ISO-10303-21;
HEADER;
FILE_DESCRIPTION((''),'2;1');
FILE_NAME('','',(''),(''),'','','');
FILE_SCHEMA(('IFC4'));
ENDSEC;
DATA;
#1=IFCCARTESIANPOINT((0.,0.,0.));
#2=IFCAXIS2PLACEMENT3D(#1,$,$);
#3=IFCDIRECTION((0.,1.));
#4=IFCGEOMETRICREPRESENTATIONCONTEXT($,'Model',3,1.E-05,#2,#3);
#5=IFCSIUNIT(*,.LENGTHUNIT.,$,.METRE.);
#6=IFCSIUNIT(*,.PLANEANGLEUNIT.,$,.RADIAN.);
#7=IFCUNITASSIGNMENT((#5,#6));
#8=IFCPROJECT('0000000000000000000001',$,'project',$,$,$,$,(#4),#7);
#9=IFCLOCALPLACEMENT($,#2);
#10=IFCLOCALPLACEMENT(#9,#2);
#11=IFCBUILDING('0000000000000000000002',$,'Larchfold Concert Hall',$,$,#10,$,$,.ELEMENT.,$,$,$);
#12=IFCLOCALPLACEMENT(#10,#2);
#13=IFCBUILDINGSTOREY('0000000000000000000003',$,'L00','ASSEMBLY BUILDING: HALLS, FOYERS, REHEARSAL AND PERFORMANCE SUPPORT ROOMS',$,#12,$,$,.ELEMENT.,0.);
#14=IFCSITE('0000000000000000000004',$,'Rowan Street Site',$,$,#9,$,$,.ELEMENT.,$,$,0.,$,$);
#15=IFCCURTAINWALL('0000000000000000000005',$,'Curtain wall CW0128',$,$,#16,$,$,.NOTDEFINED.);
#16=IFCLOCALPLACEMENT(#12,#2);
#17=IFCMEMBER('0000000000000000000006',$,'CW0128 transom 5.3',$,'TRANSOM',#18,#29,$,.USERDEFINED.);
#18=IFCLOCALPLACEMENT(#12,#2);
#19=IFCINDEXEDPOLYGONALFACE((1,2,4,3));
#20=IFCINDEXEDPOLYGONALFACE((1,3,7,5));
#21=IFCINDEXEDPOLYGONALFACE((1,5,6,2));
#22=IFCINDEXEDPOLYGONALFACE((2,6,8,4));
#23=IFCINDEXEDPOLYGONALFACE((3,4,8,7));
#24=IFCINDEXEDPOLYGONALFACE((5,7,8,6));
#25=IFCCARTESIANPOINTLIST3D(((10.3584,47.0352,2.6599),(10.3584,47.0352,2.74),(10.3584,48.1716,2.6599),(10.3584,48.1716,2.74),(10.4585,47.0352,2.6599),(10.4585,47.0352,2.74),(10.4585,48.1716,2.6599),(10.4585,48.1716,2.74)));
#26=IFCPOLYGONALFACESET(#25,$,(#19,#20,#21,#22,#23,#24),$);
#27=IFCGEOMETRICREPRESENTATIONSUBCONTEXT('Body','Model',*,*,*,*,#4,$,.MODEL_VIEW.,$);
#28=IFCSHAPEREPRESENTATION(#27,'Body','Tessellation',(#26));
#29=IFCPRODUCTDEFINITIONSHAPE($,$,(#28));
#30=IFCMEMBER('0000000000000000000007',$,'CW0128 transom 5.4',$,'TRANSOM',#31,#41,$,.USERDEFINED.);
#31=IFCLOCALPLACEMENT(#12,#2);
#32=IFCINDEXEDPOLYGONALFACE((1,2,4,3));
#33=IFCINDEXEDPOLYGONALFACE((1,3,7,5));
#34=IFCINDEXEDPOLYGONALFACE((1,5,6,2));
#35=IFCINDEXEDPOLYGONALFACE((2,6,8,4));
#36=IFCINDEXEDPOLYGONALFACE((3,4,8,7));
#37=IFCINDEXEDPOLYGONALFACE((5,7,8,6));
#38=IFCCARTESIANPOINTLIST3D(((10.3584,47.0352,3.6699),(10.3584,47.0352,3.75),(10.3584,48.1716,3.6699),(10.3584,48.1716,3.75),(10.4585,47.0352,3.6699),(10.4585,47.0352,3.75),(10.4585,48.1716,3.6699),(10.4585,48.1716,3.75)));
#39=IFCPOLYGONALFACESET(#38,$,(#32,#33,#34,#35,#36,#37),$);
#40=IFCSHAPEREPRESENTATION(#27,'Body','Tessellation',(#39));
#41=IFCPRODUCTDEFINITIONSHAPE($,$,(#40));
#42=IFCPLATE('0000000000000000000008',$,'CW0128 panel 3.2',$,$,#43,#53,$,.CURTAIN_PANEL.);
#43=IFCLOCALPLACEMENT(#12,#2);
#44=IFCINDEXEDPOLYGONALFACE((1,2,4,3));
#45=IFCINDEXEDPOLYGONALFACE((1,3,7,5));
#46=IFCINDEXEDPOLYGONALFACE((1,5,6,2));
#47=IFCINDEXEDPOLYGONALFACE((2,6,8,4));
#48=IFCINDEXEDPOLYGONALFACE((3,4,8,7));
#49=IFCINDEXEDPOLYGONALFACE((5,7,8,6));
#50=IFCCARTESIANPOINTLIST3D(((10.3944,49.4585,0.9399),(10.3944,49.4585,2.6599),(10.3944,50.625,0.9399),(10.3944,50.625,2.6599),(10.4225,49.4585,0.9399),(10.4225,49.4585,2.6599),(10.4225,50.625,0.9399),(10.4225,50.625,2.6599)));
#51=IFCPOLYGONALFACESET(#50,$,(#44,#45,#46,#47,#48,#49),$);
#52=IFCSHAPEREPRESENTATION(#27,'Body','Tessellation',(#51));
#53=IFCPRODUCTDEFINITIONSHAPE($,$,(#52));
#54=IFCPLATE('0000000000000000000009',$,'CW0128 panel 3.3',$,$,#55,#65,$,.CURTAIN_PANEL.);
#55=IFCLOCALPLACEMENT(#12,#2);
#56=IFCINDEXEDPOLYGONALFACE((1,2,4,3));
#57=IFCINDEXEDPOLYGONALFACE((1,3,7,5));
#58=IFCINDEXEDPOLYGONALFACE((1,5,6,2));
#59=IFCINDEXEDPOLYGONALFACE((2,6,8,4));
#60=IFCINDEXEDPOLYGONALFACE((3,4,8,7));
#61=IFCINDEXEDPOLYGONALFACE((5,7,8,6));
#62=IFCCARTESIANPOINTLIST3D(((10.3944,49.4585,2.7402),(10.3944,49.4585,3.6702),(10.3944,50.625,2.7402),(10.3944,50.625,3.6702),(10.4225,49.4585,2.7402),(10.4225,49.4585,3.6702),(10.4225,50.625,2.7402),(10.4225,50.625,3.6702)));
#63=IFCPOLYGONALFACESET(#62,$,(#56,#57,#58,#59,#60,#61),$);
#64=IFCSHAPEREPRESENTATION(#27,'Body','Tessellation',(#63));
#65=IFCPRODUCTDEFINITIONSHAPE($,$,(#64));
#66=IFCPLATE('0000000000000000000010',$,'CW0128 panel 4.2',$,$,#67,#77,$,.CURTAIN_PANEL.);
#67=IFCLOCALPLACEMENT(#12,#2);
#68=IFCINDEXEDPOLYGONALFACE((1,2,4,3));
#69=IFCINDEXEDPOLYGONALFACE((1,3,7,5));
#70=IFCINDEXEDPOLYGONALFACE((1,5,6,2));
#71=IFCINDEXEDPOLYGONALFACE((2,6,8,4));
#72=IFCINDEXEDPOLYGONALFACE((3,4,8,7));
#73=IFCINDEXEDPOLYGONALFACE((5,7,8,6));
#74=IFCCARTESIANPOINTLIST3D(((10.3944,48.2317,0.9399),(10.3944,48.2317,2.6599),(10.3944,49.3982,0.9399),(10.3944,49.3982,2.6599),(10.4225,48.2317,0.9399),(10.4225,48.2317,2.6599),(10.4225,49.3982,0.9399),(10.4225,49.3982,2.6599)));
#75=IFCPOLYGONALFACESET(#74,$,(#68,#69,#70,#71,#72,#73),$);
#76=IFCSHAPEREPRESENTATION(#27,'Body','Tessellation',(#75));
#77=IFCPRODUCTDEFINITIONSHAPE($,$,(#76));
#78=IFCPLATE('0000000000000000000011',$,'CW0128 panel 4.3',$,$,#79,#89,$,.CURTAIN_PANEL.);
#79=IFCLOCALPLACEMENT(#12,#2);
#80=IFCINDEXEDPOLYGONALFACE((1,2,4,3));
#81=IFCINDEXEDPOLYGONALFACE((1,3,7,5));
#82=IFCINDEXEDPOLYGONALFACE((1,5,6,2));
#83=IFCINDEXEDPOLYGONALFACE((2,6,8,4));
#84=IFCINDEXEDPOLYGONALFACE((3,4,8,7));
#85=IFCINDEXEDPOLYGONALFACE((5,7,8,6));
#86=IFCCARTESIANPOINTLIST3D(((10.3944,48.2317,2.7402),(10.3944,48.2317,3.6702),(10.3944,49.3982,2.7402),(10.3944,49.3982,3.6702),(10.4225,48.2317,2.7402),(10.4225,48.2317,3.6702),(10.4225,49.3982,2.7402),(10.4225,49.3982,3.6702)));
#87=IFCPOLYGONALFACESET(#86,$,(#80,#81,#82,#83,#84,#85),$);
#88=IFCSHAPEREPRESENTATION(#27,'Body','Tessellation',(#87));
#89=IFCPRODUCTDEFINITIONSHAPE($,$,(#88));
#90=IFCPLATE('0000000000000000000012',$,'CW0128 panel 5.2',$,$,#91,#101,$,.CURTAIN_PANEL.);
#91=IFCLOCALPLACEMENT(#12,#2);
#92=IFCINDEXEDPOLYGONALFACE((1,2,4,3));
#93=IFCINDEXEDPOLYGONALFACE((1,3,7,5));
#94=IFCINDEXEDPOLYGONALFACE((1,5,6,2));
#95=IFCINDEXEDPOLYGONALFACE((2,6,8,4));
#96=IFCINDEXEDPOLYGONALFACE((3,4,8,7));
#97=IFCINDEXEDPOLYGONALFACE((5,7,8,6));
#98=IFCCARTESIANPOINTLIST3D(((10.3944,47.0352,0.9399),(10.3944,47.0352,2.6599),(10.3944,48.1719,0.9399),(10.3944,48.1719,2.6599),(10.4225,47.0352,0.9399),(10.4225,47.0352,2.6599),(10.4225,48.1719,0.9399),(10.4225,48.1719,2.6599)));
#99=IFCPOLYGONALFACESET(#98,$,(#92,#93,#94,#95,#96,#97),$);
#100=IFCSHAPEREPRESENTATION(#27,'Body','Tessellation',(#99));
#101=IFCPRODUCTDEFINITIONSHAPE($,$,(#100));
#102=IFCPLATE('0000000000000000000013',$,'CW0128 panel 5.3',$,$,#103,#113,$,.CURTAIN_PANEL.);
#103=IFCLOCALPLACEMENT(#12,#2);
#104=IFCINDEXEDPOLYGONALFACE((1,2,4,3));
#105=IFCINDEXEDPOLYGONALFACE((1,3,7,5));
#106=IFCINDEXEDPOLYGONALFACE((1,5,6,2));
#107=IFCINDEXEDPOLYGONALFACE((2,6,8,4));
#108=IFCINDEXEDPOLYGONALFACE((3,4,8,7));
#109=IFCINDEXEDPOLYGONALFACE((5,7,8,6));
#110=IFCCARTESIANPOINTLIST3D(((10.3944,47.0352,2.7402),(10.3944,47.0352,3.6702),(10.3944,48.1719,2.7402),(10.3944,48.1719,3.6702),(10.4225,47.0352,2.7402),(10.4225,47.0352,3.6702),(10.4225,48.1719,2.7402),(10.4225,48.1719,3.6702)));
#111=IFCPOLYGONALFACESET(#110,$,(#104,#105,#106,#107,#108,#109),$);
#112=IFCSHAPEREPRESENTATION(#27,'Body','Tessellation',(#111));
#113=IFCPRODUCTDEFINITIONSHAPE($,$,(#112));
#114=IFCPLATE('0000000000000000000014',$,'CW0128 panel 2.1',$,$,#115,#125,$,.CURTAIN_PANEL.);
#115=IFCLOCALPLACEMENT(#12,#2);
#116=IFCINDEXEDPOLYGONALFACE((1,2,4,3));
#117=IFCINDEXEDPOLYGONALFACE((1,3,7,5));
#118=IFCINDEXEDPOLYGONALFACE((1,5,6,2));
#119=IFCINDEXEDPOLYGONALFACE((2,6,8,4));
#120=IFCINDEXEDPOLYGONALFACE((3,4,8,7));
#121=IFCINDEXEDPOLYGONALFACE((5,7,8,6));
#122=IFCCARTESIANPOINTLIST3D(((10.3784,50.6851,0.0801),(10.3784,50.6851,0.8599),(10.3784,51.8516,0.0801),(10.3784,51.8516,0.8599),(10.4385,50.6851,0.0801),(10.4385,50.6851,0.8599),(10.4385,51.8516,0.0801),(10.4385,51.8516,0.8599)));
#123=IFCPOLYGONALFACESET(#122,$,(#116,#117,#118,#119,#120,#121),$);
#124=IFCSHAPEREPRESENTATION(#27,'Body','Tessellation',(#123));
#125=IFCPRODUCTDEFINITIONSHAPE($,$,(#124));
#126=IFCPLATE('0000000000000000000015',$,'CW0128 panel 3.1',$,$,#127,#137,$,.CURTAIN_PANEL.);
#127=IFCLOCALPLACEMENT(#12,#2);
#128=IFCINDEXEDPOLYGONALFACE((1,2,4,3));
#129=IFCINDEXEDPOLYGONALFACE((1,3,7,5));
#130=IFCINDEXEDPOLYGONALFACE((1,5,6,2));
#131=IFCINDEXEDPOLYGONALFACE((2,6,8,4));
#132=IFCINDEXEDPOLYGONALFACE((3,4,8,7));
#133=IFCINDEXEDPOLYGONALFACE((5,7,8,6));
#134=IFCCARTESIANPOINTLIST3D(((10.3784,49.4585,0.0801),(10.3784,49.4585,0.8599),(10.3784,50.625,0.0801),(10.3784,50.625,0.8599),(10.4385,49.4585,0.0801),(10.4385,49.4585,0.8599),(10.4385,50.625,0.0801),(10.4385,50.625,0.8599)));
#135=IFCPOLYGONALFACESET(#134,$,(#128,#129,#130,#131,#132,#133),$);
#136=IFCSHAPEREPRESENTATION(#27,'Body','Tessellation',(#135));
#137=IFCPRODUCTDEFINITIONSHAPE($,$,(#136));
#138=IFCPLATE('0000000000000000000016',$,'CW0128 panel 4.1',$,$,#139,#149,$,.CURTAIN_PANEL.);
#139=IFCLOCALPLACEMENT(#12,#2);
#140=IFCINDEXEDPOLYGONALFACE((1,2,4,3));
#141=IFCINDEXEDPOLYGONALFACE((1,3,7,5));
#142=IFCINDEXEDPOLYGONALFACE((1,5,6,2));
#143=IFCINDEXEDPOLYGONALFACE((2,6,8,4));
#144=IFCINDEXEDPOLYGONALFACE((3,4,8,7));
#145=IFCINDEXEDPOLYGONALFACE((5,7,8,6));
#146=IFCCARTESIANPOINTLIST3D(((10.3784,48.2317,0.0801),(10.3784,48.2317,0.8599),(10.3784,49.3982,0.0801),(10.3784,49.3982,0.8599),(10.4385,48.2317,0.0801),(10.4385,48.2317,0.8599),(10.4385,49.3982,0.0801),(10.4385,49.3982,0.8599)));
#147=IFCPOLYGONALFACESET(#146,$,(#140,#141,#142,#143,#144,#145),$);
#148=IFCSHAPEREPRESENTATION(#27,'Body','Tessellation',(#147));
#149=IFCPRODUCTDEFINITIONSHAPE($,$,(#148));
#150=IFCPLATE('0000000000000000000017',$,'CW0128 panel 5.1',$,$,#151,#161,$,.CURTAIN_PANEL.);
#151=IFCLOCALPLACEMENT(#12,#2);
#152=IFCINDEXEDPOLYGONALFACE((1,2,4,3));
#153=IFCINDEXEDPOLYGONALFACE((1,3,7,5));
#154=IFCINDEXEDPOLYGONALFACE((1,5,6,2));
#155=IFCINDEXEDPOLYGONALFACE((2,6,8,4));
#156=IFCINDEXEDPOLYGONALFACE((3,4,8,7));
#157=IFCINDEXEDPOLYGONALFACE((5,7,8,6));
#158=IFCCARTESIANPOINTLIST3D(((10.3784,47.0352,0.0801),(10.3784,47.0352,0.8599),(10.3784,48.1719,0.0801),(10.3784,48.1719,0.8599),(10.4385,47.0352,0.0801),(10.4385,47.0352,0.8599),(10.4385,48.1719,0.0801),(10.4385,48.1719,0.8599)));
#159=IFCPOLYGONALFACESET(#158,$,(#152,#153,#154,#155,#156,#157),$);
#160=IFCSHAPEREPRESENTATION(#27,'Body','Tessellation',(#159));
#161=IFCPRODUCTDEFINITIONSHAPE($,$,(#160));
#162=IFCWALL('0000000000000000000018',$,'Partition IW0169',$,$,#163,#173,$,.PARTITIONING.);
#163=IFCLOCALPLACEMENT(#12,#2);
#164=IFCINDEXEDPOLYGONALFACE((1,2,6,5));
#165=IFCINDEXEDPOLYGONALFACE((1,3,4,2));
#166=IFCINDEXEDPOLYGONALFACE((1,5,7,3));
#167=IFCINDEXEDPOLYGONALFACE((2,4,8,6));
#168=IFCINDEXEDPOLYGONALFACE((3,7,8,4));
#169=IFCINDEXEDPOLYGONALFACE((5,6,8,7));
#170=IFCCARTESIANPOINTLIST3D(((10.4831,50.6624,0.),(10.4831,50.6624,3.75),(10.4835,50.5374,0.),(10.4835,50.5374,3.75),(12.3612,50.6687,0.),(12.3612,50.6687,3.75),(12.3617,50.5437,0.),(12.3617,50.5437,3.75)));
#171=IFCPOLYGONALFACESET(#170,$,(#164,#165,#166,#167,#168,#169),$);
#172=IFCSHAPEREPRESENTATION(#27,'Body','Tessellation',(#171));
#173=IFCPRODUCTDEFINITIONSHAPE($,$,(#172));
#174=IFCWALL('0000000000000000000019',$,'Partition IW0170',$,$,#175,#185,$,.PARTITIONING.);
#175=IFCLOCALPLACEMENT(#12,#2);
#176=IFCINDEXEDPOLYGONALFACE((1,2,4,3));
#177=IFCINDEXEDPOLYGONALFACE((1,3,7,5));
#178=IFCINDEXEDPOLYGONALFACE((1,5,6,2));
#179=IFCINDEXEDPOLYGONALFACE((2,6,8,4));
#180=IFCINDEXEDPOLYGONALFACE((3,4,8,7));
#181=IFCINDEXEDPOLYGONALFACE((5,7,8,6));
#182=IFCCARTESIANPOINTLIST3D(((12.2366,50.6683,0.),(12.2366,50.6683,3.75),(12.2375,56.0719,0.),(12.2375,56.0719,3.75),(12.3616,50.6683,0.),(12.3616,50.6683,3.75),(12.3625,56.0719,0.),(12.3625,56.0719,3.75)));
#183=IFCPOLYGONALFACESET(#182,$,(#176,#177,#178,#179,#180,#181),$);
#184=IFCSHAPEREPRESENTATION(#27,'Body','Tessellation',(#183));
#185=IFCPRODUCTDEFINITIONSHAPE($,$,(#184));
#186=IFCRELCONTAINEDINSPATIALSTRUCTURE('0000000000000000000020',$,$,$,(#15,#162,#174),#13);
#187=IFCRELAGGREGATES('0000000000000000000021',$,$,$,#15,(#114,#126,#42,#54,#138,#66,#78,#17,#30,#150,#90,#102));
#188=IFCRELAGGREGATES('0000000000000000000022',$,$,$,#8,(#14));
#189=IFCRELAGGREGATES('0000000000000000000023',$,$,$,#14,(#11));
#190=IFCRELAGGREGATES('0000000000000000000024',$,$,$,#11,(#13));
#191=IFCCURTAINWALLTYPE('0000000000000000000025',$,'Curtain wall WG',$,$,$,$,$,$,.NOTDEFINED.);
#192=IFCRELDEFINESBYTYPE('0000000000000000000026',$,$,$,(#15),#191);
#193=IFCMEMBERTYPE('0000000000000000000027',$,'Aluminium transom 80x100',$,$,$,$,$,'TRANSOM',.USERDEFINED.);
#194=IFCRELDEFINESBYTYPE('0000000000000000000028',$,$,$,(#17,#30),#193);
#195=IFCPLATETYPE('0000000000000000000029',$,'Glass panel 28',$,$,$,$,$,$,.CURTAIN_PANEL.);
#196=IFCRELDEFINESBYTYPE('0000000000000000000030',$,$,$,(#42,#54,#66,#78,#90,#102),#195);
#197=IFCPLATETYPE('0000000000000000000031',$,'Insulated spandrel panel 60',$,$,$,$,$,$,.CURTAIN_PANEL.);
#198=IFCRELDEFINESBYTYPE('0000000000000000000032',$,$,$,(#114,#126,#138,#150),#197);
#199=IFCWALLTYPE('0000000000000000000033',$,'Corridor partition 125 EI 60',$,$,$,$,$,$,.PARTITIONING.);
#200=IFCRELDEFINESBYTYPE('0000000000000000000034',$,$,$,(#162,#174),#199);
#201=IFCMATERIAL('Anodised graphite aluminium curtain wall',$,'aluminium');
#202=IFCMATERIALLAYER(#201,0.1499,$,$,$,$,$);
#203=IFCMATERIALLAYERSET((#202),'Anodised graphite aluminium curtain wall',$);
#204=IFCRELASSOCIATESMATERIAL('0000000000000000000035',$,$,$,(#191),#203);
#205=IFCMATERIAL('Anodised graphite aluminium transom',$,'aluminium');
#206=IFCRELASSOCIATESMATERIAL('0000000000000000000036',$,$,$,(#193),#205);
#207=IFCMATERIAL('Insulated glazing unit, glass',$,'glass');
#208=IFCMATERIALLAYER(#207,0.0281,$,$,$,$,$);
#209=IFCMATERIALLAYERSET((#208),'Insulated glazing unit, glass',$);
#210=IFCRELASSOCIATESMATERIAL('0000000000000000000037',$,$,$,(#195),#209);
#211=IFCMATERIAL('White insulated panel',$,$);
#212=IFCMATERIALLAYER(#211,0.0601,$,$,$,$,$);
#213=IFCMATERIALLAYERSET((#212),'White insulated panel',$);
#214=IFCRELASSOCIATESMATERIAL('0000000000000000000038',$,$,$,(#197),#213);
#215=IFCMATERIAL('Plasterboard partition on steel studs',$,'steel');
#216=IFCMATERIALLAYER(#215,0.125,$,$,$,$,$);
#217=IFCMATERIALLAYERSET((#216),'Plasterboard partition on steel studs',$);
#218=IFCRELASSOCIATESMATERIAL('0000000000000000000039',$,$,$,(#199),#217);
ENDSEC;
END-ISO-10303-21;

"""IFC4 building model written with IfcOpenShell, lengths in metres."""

from ifc_helpers import new_model, si_unit, direction, frame, frame_2d, origin, origin_2d, place, context, subcontext, project, spatial, rectangle, extrude, material, layer, layer_set, material_profile, profile_set, type_object, element, aggregate, save


model = new_model("IFC4")

# Units and contexts
model_context = context("Model", 3, precision=1e-05, world=origin(), true_north=direction((0.0, 1.0)))
body_context = subcontext(model_context, "Body", "Model", "MODEL_VIEW")
ifc_project = project(units=[si_unit("LENGTHUNIT", "METRE"), si_unit("PLANEANGLEUNIT", "RADIAN")], contexts=[model_context])

# Site, building, storey
site_placement = place(None, origin())
site = spatial("IfcSite", under=ifc_project, at=site_placement, Name="Rowan Street Site", CompositionType="ELEMENT", RefElevation=0.0)
building_placement = place(site_placement, origin())
building = spatial("IfcBuilding", under=site, at=building_placement, Name="Larchfold Concert Hall", CompositionType="ELEMENT")
storey_placement = place(building_placement, origin())
storey = spatial("IfcBuildingStorey", under=building, at=storey_placement, Name="L00", Description="ASSEMBLY BUILDING: HALLS, FOYERS, REHEARSAL AND PERFORMANCE SUPPORT ROOMS", CompositionType="ELEMENT", Elevation=0.0)

# Curtain wall
ifc_material_1 = material(Name="Anodised graphite aluminium curtain wall", Category="aluminium")
ifc_layer_1 = layer(ifc_material_1, 0.1499)
ifc_layer_set_1 = layer_set([ifc_layer_1], Name="Anodised graphite aluminium curtain wall")
curtain_wall_type = type_object("IfcCurtainWallType", Name="Curtain wall WG", PredefinedType="NOTDEFINED", material=ifc_layer_set_1)
curtain_wall_1_placement = place(storey_placement, origin())
curtain_wall_1 = element("IfcCurtainWall", 1, at=curtain_wall_1_placement, inside=storey, type_object=curtain_wall_type, Name="Curtain wall CW0128", PredefinedType="NOTDEFINED")

# Members
ifc_material_2 = material(Name="Anodised graphite aluminium transom", Category="aluminium")
ifc_material_profile_1 = material_profile(ifc_material_2, rectangle(XDim=0.1001, YDim=0.0801, at=origin_2d()))
ifc_profile_set_1 = profile_set([ifc_material_profile_1], Name="Anodised graphite aluminium transom")
member_type_1 = type_object("IfcMemberType", Name="Aluminium transom 80x100", ElementType="TRANSOM", PredefinedType="USERDEFINED", material=ifc_profile_set_1)
member_1_placement = place(storey_placement, frame((10.4084, 48.1716, 2.7), z_axis=(0.0, -1.0, 0.0), x_axis=(1.0, 0.0, 0.0)))
member_1 = element("IfcMember", 2, at=member_1_placement, type_object=member_type_1, Name="CW0128 transom 5.3", ObjectType="TRANSOM", PredefinedType="USERDEFINED", context=body_context, shape_type="SweptSolid", body=[
    extrude(rectangle(XDim=0.1001, YDim=0.0801, at=origin_2d()), origin(), (0.0, 0.0, 1.0), 1.1365),
])
member_2_placement = place(storey_placement, frame((10.4084, 48.1716, 3.71), z_axis=(0.0, -1.0, 0.0), x_axis=(1.0, 0.0, 0.0)))
member_2 = element("IfcMember", 3, at=member_2_placement, type_object=member_type_1, Name="CW0128 transom 5.4", ObjectType="TRANSOM", PredefinedType="USERDEFINED", context=body_context, shape_type="SweptSolid", body=[
    extrude(rectangle(XDim=0.1001, YDim=0.0801, at=origin_2d()), origin(), (0.0, 0.0, 1.0), 1.1365),
])

# Plates
ifc_material_3 = material(Name="Insulated glazing unit, glass", Category="glass")
ifc_layer_2 = layer(ifc_material_3, 0.0281)
ifc_layer_set_2 = layer_set([ifc_layer_2], Name="Insulated glazing unit, glass")
plate_type_1 = type_object("IfcPlateType", Name="Glass panel 28", PredefinedType="CURTAIN_PANEL", material=ifc_layer_set_2)
plate_1_placement = place(storey_placement, frame((10.4084, 50.0417, 0.9399), z_axis=(0.0, 0.0, 1.0), x_axis=(0.0, -1.0, 0.0)))
plate_1 = element("IfcPlate", 4, at=plate_1_placement, type_object=plate_type_1, Name="CW0128 panel 3.2", PredefinedType="CURTAIN_PANEL", context=body_context, shape_type="SweptSolid", body=[
    extrude(rectangle(XDim=1.1665, YDim=0.0281, at=origin_2d()), origin(), (0.0, 0.0, 1.0), 1.72),
])
plate_2_placement = place(storey_placement, frame((10.4084, 50.0417, 2.7402), z_axis=(0.0, 0.0, 1.0), x_axis=(0.0, -1.0, 0.0)))
plate_2 = element("IfcPlate", 5, at=plate_2_placement, type_object=plate_type_1, Name="CW0128 panel 3.3", PredefinedType="CURTAIN_PANEL", context=body_context, shape_type="SweptSolid", body=[
    extrude(rectangle(XDim=1.1665, YDim=0.0281, at=origin_2d()), origin(), (0.0, 0.0, 1.0), 0.9299),
])
plate_3_placement = place(storey_placement, frame((10.4084, 48.8149, 0.9399), z_axis=(0.0, 0.0, 1.0), x_axis=(0.0, -1.0, 0.0)))
plate_3 = element("IfcPlate", 6, at=plate_3_placement, type_object=plate_type_1, Name="CW0128 panel 4.2", PredefinedType="CURTAIN_PANEL", context=body_context, shape_type="SweptSolid", body=[
    extrude(rectangle(XDim=1.1665, YDim=0.0281, at=origin_2d()), origin(), (0.0, 0.0, 1.0), 1.72),
])
plate_4_placement = place(storey_placement, frame((10.4084, 48.8149, 2.7402), z_axis=(0.0, 0.0, 1.0), x_axis=(0.0, -1.0, 0.0)))
plate_4 = element("IfcPlate", 7, at=plate_4_placement, type_object=plate_type_1, Name="CW0128 panel 4.3", PredefinedType="CURTAIN_PANEL", context=body_context, shape_type="SweptSolid", body=[
    extrude(rectangle(XDim=1.1665, YDim=0.0281, at=origin_2d()), origin(), (0.0, 0.0, 1.0), 0.9299),
])
plate_5_placement = place(storey_placement, frame((10.4084, 47.6035, 0.9399), z_axis=(0.0, 0.0, 1.0), x_axis=(0.0, -1.0, 0.0)))
plate_5 = element("IfcPlate", 8, at=plate_5_placement, type_object=plate_type_1, Name="CW0128 panel 5.2", PredefinedType="CURTAIN_PANEL", context=body_context, shape_type="SweptSolid", body=[
    extrude(rectangle(XDim=1.1367, YDim=0.0281, at=origin_2d()), origin(), (0.0, 0.0, 1.0), 1.72),
])
plate_6_placement = place(storey_placement, frame((10.4084, 47.6035, 2.7402), z_axis=(0.0, 0.0, 1.0), x_axis=(0.0, -1.0, 0.0)))
plate_6 = element("IfcPlate", 9, at=plate_6_placement, type_object=plate_type_1, Name="CW0128 panel 5.3", PredefinedType="CURTAIN_PANEL", context=body_context, shape_type="SweptSolid", body=[
    extrude(rectangle(XDim=1.1367, YDim=0.0281, at=origin_2d()), origin(), (0.0, 0.0, 1.0), 0.9299),
])
ifc_material_4 = material(Name="White insulated panel")
ifc_layer_3 = layer(ifc_material_4, 0.0601)
ifc_layer_set_3 = layer_set([ifc_layer_3], Name="White insulated panel")
plate_type_2 = type_object("IfcPlateType", Name="Insulated spandrel panel 60", PredefinedType="CURTAIN_PANEL", material=ifc_layer_set_3)
plate_7_placement = place(storey_placement, frame((10.4084, 51.2683, 0.0801), z_axis=(0.0, 0.0, 1.0), x_axis=(0.0, -1.0, 0.0)))
plate_7 = element("IfcPlate", 10, at=plate_7_placement, type_object=plate_type_2, Name="CW0128 panel 2.1", PredefinedType="CURTAIN_PANEL", context=body_context, shape_type="SweptSolid", body=[
    extrude(rectangle(XDim=1.1665, YDim=0.0601, at=origin_2d()), origin(), (0.0, 0.0, 1.0), 0.7798),
])
plate_8_placement = place(storey_placement, frame((10.4084, 50.0417, 0.0801), z_axis=(0.0, 0.0, 1.0), x_axis=(0.0, -1.0, 0.0)))
plate_8 = element("IfcPlate", 11, at=plate_8_placement, type_object=plate_type_2, Name="CW0128 panel 3.1", PredefinedType="CURTAIN_PANEL", context=body_context, shape_type="SweptSolid", body=[
    extrude(rectangle(XDim=1.1665, YDim=0.0601, at=origin_2d()), origin(), (0.0, 0.0, 1.0), 0.7798),
])
plate_9_placement = place(storey_placement, frame((10.4084, 48.8149, 0.0801), z_axis=(0.0, 0.0, 1.0), x_axis=(0.0, -1.0, 0.0)))
plate_9 = element("IfcPlate", 12, at=plate_9_placement, type_object=plate_type_2, Name="CW0128 panel 4.1", PredefinedType="CURTAIN_PANEL", context=body_context, shape_type="SweptSolid", body=[
    extrude(rectangle(XDim=1.1665, YDim=0.0601, at=origin_2d()), origin(), (0.0, 0.0, 1.0), 0.7798),
])
plate_10_placement = place(storey_placement, frame((10.4084, 47.6035, 0.0801), z_axis=(0.0, 0.0, 1.0), x_axis=(0.0, -1.0, 0.0)))
plate_10 = element("IfcPlate", 13, at=plate_10_placement, type_object=plate_type_2, Name="CW0128 panel 5.1", PredefinedType="CURTAIN_PANEL", context=body_context, shape_type="SweptSolid", body=[
    extrude(rectangle(XDim=1.1367, YDim=0.0601, at=origin_2d()), origin(), (0.0, 0.0, 1.0), 0.7798),
])
aggregate(curtain_wall_1, [plate_7, plate_8, plate_1, plate_2, plate_9, plate_3, plate_4, member_1, member_2, plate_10, plate_5, plate_6])

# Walls
ifc_material_5 = material(Name="Plasterboard partition on steel studs", Category="steel")
ifc_layer_4 = layer(ifc_material_5, 0.125)
ifc_layer_set_4 = layer_set([ifc_layer_4], Name="Plasterboard partition on steel studs")
wall_type_1 = type_object("IfcWallType", Name="Corridor partition 125 EI 60", PredefinedType="PARTITIONING", material=ifc_layer_set_4)
wall_1_placement = place(storey_placement, frame((10.4834, 50.5999, 0.0), z_axis=(0.0, 0.0, 1.0), x_axis=(0.999994, 0.00338, 0.0)))
element("IfcWall", 14, at=wall_1_placement, inside=storey, type_object=wall_type_1, Name="Partition IW0169", PredefinedType="PARTITIONING", context=body_context, shape_type="SweptSolid", body=[
    extrude(rectangle(XDim=1.8782, YDim=0.125, at=frame_2d((0.939, 0.0))), origin(), (0.0, 0.0, 1.0), 3.75),
])
wall_2_placement = place(storey_placement, frame((12.2991, 50.6685, 0.0), z_axis=(0.0, 0.0, 1.0), x_axis=(0.000181, 1.0, 0.0)))
element("IfcWall", 15, at=wall_2_placement, inside=storey, type_object=wall_type_1, Name="Partition IW0170", PredefinedType="PARTITIONING", context=body_context, shape_type="SweptSolid", body=[
    extrude(rectangle(XDim=5.4036, YDim=0.125, at=frame_2d((2.7017, 0.0))), origin(), (0.0, 0.0, 1.0), 3.75),
])

save(model, "model.ifc")
